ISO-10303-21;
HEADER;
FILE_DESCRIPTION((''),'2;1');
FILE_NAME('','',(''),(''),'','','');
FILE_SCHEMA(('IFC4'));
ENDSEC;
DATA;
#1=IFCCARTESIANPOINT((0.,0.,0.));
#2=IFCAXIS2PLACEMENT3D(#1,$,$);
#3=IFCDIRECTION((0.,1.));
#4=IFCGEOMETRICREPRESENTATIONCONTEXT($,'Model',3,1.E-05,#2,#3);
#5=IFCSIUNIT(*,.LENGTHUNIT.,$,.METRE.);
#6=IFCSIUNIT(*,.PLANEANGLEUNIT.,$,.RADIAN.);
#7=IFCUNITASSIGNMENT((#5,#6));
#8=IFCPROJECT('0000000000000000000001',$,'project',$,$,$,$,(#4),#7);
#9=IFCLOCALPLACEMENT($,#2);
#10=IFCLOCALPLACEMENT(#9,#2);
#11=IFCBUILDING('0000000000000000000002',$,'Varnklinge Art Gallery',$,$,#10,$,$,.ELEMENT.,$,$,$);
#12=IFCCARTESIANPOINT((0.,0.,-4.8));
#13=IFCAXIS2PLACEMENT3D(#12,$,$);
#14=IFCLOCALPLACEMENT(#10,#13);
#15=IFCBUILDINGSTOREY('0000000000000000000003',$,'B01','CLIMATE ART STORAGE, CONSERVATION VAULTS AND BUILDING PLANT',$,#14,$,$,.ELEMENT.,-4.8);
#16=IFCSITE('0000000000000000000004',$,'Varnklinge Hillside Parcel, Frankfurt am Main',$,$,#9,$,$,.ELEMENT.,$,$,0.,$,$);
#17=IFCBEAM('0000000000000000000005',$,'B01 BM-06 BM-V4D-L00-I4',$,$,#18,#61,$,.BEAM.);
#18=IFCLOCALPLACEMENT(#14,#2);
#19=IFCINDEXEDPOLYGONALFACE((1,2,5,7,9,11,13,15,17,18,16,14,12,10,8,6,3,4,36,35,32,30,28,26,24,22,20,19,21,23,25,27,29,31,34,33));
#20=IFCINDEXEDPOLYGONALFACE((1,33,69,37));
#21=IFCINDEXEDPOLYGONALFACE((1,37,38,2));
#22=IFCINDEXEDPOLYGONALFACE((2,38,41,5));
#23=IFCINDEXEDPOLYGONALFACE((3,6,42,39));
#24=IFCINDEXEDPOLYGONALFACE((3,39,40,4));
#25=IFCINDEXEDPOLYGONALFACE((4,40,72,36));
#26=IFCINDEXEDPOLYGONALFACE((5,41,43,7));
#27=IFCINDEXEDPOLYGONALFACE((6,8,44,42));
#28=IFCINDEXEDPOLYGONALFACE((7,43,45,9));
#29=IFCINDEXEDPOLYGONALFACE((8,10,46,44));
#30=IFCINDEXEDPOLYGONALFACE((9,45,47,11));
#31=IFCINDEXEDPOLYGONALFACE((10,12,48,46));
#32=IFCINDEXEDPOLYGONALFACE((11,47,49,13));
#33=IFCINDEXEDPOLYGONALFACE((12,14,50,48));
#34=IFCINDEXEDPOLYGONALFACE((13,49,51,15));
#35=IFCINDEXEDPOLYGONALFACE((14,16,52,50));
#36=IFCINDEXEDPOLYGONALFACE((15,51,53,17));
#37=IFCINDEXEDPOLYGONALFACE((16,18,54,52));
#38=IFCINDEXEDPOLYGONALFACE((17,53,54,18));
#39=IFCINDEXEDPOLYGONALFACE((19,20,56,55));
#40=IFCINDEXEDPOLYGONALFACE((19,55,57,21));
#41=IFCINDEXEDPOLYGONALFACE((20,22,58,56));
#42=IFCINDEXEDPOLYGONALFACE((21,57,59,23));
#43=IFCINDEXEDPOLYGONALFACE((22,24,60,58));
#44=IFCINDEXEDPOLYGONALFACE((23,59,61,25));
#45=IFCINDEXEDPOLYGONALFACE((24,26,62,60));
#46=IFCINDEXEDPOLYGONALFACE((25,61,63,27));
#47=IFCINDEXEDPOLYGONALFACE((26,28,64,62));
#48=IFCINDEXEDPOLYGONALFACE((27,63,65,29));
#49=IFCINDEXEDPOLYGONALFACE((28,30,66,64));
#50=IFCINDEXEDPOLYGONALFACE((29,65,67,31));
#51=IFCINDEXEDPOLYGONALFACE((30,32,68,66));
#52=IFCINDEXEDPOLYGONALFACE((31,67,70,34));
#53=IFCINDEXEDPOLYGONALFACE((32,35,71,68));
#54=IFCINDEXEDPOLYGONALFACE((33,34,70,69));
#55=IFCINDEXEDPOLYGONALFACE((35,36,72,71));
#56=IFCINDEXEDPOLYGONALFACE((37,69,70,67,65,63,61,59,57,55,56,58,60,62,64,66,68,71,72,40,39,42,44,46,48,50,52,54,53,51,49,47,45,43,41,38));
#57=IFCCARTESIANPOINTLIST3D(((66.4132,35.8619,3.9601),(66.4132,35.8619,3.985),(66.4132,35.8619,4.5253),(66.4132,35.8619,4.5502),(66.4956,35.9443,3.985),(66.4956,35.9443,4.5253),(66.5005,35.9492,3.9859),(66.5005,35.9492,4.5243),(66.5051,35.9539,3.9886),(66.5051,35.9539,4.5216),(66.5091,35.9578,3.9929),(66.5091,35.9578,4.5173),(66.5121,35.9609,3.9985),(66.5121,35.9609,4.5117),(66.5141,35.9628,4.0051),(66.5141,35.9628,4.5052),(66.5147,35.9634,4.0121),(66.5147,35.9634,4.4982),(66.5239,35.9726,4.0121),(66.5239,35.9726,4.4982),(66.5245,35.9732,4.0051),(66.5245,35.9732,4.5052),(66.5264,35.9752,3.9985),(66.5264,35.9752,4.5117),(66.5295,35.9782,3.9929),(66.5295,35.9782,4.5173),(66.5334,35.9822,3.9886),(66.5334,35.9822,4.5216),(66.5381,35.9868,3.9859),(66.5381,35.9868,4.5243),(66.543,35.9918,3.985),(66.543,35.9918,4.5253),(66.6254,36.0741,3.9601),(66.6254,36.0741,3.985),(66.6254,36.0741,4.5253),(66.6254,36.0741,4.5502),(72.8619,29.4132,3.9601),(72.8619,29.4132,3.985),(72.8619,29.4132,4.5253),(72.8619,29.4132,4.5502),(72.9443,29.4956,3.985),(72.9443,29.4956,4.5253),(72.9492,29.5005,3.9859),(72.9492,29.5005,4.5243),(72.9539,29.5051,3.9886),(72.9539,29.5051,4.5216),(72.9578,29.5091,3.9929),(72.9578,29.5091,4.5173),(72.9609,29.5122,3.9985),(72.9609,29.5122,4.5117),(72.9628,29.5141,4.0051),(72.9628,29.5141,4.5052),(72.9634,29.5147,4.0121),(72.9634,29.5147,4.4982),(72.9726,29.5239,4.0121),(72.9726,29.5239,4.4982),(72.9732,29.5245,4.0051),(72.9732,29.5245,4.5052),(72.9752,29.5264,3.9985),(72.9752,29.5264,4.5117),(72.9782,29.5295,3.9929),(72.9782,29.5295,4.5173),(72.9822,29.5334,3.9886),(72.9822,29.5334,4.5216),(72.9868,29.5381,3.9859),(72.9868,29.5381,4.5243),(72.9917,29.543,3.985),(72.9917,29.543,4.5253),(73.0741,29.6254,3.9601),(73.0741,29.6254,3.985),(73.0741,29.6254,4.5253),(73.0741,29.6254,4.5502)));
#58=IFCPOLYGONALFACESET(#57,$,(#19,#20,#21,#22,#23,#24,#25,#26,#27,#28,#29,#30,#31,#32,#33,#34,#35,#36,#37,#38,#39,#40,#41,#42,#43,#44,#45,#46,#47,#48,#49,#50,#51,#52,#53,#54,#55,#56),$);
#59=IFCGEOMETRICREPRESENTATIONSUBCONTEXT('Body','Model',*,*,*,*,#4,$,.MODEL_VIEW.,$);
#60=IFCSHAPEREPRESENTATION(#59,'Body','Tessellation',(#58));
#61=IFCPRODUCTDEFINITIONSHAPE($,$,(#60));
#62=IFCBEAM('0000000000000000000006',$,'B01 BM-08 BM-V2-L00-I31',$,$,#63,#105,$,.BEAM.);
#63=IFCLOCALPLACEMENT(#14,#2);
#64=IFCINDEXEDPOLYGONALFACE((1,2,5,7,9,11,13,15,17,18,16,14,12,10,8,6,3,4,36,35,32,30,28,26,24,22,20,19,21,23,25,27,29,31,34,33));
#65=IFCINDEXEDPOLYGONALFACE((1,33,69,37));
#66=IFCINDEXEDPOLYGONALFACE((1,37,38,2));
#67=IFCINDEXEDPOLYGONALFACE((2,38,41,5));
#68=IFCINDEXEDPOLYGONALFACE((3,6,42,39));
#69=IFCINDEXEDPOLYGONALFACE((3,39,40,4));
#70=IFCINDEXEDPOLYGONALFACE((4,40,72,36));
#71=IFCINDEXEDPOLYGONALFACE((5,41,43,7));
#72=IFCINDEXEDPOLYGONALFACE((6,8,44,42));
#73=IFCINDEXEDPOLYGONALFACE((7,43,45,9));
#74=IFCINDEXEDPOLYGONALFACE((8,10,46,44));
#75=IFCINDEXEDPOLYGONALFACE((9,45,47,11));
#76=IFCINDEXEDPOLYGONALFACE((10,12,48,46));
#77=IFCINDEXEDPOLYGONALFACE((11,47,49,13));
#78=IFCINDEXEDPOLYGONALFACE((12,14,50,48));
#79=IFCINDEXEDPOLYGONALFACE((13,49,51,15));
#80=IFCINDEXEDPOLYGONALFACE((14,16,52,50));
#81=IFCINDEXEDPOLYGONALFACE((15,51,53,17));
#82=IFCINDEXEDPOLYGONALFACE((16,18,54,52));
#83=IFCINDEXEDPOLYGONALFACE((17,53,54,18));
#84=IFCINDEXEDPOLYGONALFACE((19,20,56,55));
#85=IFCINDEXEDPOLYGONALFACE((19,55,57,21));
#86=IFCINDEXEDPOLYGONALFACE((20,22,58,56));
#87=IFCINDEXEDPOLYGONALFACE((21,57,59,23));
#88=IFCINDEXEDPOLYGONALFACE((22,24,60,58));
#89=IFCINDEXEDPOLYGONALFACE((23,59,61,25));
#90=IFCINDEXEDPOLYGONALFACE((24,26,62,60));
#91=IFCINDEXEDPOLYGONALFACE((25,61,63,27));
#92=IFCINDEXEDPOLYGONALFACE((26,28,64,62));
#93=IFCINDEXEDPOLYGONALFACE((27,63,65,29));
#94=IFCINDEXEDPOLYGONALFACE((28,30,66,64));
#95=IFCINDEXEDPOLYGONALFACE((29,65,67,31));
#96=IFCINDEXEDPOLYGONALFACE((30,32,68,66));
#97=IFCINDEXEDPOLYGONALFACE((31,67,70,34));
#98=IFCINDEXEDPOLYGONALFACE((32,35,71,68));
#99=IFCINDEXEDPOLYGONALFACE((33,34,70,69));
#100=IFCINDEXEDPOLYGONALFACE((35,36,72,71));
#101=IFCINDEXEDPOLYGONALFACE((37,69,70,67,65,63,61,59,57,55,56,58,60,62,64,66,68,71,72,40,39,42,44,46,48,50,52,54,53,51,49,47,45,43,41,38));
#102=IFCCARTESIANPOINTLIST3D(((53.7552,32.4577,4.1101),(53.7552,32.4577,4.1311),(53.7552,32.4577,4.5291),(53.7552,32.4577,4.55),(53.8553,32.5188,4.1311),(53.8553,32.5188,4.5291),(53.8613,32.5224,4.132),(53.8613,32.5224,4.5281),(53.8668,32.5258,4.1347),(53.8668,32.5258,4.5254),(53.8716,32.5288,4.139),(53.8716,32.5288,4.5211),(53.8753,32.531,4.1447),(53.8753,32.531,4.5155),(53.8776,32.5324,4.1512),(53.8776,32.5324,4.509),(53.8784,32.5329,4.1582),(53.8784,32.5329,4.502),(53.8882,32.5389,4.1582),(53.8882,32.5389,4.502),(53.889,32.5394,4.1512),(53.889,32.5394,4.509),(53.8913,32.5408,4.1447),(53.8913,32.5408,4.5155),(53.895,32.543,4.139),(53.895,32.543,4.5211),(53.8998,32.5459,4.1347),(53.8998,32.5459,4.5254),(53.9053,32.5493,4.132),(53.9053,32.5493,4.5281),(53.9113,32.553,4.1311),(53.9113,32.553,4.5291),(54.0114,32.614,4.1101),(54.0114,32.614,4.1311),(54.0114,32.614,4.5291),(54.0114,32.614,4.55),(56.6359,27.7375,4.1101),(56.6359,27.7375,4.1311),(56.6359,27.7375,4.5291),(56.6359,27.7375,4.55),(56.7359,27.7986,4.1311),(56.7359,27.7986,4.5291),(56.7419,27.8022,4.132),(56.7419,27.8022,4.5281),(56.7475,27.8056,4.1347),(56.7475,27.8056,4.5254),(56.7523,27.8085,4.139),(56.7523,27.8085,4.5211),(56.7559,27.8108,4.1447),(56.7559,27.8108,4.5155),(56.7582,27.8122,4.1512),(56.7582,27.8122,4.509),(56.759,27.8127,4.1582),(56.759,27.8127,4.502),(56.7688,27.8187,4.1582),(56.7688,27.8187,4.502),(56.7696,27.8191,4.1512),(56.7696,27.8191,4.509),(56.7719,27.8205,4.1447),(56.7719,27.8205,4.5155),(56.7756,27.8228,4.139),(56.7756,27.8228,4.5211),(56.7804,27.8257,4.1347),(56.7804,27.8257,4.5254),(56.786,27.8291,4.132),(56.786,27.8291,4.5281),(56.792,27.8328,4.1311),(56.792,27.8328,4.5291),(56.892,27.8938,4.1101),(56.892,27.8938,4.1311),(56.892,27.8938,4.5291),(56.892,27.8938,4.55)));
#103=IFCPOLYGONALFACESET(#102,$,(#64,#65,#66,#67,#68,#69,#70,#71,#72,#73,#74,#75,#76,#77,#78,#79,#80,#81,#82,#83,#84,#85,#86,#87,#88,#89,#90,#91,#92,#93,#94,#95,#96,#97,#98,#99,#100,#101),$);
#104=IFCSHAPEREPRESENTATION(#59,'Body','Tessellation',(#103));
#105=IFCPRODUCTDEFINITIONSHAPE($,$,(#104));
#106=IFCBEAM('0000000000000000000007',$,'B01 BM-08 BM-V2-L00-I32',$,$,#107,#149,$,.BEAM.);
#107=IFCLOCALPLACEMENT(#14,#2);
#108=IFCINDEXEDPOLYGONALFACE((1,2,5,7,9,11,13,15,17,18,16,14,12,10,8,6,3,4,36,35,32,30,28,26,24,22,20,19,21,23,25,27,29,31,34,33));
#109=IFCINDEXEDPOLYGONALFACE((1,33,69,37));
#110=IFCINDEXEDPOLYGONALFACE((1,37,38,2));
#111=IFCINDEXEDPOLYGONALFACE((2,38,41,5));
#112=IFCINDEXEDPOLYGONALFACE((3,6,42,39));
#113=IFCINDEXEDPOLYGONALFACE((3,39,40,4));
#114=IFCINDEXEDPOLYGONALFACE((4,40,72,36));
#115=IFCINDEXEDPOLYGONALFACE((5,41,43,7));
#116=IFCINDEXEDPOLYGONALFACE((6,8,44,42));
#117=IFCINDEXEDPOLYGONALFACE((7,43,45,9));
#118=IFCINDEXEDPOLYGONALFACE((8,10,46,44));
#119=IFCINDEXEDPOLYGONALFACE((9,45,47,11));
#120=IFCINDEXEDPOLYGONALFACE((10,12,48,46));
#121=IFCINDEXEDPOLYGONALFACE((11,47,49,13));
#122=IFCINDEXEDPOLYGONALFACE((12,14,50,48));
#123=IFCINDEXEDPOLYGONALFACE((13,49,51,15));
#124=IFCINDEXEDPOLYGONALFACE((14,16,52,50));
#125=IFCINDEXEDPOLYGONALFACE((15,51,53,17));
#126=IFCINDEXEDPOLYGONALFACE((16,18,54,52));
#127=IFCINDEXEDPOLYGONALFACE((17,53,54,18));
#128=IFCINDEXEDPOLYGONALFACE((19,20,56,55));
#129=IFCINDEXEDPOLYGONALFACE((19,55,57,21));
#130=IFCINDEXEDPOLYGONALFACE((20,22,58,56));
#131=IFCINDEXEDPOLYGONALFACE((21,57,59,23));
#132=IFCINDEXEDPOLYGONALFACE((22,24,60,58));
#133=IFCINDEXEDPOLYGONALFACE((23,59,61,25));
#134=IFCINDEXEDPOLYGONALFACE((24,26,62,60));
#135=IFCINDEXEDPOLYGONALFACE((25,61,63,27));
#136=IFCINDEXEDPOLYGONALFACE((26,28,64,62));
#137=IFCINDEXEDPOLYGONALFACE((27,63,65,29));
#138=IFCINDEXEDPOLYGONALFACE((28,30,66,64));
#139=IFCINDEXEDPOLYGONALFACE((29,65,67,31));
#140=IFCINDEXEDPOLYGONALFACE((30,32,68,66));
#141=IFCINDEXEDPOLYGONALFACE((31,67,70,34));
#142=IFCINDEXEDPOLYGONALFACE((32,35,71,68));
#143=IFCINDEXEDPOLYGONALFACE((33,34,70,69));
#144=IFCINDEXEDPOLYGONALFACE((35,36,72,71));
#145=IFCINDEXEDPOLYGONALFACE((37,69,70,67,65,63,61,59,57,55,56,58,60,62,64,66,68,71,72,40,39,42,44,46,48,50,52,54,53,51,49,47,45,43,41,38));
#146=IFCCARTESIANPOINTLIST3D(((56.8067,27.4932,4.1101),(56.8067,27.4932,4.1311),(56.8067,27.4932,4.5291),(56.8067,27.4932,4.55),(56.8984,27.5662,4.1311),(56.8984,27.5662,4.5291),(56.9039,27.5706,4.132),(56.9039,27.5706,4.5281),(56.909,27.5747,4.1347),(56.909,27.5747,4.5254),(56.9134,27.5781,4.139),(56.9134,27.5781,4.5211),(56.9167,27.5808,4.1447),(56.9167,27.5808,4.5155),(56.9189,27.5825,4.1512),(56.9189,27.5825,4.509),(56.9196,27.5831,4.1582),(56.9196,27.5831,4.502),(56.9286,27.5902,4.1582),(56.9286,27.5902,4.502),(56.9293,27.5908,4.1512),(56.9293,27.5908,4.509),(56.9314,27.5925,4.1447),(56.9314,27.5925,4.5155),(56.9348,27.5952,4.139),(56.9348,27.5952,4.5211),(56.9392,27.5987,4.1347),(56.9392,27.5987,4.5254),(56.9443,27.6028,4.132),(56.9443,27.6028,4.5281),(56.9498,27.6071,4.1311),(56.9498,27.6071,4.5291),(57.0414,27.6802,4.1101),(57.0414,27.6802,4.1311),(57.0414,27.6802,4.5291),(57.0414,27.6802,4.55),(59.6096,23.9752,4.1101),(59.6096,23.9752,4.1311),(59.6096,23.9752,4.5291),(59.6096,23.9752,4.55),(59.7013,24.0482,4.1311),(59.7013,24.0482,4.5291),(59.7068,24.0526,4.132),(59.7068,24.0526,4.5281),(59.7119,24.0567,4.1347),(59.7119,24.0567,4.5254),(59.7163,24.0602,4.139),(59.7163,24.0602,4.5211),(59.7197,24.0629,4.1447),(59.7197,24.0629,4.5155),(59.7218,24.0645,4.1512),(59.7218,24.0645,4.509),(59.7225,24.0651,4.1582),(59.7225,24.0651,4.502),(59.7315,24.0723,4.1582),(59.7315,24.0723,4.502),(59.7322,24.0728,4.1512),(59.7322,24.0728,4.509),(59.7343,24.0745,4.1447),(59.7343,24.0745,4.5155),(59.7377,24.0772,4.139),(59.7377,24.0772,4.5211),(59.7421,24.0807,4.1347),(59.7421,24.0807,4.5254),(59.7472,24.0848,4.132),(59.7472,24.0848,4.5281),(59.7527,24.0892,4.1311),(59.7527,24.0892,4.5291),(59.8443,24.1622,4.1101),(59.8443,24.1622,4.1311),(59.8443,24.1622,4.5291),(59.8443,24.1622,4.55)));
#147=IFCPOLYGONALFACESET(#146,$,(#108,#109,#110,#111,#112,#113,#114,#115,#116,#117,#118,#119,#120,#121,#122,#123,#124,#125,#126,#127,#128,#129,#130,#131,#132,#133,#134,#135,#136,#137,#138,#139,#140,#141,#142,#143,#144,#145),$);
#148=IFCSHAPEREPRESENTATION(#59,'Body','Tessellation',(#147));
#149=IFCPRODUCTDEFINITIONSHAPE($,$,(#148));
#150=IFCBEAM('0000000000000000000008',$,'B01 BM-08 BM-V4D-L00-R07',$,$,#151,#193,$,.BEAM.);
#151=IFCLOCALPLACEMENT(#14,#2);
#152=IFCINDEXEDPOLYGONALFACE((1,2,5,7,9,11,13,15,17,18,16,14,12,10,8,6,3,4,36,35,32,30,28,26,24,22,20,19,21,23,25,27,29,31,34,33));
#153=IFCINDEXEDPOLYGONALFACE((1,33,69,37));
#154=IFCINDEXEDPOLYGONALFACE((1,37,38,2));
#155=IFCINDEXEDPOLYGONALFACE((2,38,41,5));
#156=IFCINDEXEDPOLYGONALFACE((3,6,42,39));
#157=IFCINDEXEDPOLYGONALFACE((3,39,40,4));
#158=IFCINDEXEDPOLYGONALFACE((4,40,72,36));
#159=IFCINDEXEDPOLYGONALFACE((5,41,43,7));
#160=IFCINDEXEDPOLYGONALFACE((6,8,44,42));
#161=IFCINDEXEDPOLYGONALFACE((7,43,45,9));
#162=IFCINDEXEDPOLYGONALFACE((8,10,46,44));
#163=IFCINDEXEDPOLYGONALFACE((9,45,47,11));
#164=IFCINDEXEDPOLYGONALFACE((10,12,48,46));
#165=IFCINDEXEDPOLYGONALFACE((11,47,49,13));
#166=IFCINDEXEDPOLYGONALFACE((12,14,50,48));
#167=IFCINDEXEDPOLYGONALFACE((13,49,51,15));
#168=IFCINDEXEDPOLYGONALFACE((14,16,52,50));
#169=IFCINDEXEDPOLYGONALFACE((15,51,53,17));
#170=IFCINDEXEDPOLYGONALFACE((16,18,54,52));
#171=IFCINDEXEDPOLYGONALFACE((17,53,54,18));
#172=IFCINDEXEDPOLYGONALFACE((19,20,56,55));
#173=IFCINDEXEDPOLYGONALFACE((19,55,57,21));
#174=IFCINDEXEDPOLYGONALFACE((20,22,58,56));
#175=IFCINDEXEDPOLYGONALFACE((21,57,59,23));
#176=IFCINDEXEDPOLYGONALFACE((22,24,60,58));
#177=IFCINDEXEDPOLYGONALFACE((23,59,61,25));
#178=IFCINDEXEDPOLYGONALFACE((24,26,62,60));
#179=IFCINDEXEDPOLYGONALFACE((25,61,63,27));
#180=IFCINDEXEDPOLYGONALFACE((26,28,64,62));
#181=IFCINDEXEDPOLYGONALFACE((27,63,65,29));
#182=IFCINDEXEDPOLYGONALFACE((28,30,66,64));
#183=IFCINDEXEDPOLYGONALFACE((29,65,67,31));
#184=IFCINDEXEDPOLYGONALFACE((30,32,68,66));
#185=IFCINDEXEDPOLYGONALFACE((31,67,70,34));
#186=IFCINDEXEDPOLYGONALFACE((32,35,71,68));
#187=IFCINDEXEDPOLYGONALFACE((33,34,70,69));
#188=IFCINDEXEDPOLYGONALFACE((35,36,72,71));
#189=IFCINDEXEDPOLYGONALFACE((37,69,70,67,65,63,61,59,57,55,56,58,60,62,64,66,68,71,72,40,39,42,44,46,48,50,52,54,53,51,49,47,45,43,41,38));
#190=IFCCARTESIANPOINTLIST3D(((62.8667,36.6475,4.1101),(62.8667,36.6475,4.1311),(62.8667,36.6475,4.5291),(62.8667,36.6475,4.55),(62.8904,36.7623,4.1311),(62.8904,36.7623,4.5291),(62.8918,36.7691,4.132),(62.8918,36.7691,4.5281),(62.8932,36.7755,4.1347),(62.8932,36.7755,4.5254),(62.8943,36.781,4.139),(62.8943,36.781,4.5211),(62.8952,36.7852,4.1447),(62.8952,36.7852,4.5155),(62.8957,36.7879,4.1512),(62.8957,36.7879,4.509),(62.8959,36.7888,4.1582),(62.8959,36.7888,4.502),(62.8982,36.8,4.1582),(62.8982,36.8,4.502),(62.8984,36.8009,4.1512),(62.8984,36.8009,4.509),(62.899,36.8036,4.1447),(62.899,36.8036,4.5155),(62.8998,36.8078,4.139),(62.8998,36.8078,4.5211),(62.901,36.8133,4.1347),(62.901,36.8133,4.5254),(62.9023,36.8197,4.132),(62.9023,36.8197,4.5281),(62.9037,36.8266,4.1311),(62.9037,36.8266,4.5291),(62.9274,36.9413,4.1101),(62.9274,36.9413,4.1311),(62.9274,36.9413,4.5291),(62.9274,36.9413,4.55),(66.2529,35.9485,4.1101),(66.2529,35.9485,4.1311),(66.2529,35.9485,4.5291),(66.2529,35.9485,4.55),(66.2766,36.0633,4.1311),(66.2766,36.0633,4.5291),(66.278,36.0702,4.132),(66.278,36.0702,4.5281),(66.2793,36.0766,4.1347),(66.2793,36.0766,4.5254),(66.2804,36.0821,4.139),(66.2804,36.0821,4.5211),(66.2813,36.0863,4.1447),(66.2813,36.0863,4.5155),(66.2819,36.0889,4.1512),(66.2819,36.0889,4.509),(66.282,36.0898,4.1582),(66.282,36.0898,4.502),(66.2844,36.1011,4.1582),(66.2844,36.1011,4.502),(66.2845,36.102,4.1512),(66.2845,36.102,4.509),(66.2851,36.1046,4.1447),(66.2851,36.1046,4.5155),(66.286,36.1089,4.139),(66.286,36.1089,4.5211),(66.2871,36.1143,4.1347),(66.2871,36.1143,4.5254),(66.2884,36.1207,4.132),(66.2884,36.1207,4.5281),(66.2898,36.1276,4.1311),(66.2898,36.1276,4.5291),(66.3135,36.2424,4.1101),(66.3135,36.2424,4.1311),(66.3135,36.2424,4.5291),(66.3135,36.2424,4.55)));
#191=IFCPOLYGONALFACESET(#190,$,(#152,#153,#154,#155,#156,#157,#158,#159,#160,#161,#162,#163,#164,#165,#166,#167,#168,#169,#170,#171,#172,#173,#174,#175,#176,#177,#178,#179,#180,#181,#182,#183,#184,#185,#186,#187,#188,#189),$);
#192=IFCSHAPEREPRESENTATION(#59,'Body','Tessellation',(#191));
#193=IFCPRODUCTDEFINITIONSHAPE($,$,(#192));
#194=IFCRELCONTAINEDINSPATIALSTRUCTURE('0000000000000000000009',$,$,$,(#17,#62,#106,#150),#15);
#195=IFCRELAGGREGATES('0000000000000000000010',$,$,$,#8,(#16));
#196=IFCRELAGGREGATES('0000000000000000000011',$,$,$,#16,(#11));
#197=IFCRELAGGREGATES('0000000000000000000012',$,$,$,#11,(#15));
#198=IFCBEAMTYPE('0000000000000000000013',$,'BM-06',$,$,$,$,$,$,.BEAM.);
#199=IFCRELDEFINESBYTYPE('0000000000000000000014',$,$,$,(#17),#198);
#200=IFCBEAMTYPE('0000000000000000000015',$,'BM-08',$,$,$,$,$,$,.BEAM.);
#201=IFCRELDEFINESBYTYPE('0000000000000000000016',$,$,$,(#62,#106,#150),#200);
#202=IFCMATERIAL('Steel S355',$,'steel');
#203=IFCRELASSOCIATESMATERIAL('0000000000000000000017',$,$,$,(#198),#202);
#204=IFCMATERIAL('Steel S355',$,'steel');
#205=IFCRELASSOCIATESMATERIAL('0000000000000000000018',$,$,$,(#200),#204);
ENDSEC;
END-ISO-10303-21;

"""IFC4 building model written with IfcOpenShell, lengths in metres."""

from ifc_helpers import new_model, si_unit, direction, frame, origin, origin_2d, place, context, subcontext, project, spatial, i_section, extrude, material, material_profile, profile_set, type_object, element, save


model = new_model("IFC4")

# Units and contexts
model_context = context("Model", 3, precision=1e-05, world=origin(), true_north=direction((0.0, 1.0)))
body_context = subcontext(model_context, "Body", "Model", "MODEL_VIEW")
ifc_project = project(units=[si_unit("LENGTHUNIT", "METRE"), si_unit("PLANEANGLEUNIT", "RADIAN")], contexts=[model_context])

# Site, building, storey
site_placement = place(None, origin())
site = spatial("IfcSite", under=ifc_project, at=site_placement, Name="Varnklinge Hillside Parcel, Frankfurt am Main", CompositionType="ELEMENT", RefElevation=0.0)
building_placement = place(site_placement, origin())
building = spatial("IfcBuilding", under=site, at=building_placement, Name="Varnklinge Art Gallery", CompositionType="ELEMENT")
storey_placement = place(building_placement, frame((0.0, 0.0, -4.8)))
storey = spatial("IfcBuildingStorey", under=building, at=storey_placement, Name="B01", Description="CLIMATE ART STORAGE, CONSERVATION VAULTS AND BUILDING PLANT", CompositionType="ELEMENT", Elevation=-4.8)

# Beams
ifc_material_1 = material(Name="Steel S355", Category="steel")
ifc_material_profile_1 = material_profile(ifc_material_1, i_section(OverallWidth=0.3, OverallDepth=0.5901, WebThickness=0.0129, FlangeThickness=0.0249, FilletRadius=0.0271, at=origin_2d()), Name="HEA 600")
ifc_profile_set_1 = profile_set([ifc_material_profile_1], Name="Steel S355")
beam_type_1 = type_object("IfcBeamType", Name="BM-06", PredefinedType="BEAM", material=ifc_profile_set_1)
beam_1_placement = place(storey_placement, frame((66.5193, 35.968, 4.2551), z_axis=(0.707107, -0.707107, 0.0), x_axis=(0.707107, 0.707107, 0.0)))
element("IfcBeam", 1, at=beam_1_placement, inside=storey, type_object=beam_type_1, Name="B01 BM-06 BM-V4D-L00-I4", PredefinedType="BEAM", context=body_context, shape_type="SweptSolid", body=[
    extrude(i_section(OverallWidth=0.3, OverallDepth=0.5901, WebThickness=0.0129, FlangeThickness=0.0249, FilletRadius=0.0271, at=origin_2d()), origin(), (0.0, 0.0, 1.0), 9.1199),
])
ifc_material_2 = material(Name="Steel S355", Category="steel")
ifc_material_profile_2 = material_profile(ifc_material_2, i_section(OverallWidth=0.3, OverallDepth=0.4399, WebThickness=0.0115, FlangeThickness=0.021, FilletRadius=0.0271, at=origin_2d()), Name="HEA 450")
ifc_profile_set_2 = profile_set([ifc_material_profile_2], Name="Steel S355")
beam_type_2 = type_object("IfcBeamType", Name="BM-08", PredefinedType="BEAM", material=ifc_profile_set_2)
beam_2_placement = place(storey_placement, frame((53.8833, 32.5359, 4.3301), z_axis=(0.520928, -0.8536, 0.0), x_axis=(0.8536, 0.520928, 0.0)))
element("IfcBeam", 2, at=beam_2_placement, inside=storey, type_object=beam_type_2, Name="B01 BM-08 BM-V2-L00-I31", PredefinedType="BEAM", context=body_context, shape_type="SweptSolid", body=[
    extrude(i_section(OverallWidth=0.3, OverallDepth=0.4399, WebThickness=0.0115, FlangeThickness=0.021, FilletRadius=0.0271, at=origin_2d()), origin(), (0.0, 0.0, 1.0), 5.5298),
])
beam_3_placement = place(storey_placement, frame((56.9241, 27.5867, 4.3301), z_axis=(0.623138, -0.782112, 0.0), x_axis=(0.782112, 0.623138, 0.0)))
element("IfcBeam", 3, at=beam_3_placement, inside=storey, type_object=beam_type_2, Name="B01 BM-08 BM-V2-L00-I32", PredefinedType="BEAM", context=body_context, shape_type="SweptSolid", body=[
    extrude(i_section(OverallWidth=0.3, OverallDepth=0.4399, WebThickness=0.0115, FlangeThickness=0.021, FilletRadius=0.0271, at=origin_2d()), origin(), (0.0, 0.0, 1.0), 4.498),
])
beam_4_placement = place(storey_placement, frame((66.2832, 36.0955, 4.3301), z_axis=(-0.979354, 0.202155, 0.0), x_axis=(-0.202155, -0.979354, 0.0)))
element("IfcBeam", 4, at=beam_4_placement, inside=storey, type_object=beam_type_2, Name="B01 BM-08 BM-V4D-L00-R07", PredefinedType="BEAM", context=body_context, shape_type="SweptSolid", body=[
    extrude(i_section(OverallWidth=0.3, OverallDepth=0.4399, WebThickness=0.0115, FlangeThickness=0.021, FilletRadius=0.0271, at=origin_2d()), origin(), (0.0, 0.0, 1.0), 3.4575),
])

save(model, "model.ifc")
